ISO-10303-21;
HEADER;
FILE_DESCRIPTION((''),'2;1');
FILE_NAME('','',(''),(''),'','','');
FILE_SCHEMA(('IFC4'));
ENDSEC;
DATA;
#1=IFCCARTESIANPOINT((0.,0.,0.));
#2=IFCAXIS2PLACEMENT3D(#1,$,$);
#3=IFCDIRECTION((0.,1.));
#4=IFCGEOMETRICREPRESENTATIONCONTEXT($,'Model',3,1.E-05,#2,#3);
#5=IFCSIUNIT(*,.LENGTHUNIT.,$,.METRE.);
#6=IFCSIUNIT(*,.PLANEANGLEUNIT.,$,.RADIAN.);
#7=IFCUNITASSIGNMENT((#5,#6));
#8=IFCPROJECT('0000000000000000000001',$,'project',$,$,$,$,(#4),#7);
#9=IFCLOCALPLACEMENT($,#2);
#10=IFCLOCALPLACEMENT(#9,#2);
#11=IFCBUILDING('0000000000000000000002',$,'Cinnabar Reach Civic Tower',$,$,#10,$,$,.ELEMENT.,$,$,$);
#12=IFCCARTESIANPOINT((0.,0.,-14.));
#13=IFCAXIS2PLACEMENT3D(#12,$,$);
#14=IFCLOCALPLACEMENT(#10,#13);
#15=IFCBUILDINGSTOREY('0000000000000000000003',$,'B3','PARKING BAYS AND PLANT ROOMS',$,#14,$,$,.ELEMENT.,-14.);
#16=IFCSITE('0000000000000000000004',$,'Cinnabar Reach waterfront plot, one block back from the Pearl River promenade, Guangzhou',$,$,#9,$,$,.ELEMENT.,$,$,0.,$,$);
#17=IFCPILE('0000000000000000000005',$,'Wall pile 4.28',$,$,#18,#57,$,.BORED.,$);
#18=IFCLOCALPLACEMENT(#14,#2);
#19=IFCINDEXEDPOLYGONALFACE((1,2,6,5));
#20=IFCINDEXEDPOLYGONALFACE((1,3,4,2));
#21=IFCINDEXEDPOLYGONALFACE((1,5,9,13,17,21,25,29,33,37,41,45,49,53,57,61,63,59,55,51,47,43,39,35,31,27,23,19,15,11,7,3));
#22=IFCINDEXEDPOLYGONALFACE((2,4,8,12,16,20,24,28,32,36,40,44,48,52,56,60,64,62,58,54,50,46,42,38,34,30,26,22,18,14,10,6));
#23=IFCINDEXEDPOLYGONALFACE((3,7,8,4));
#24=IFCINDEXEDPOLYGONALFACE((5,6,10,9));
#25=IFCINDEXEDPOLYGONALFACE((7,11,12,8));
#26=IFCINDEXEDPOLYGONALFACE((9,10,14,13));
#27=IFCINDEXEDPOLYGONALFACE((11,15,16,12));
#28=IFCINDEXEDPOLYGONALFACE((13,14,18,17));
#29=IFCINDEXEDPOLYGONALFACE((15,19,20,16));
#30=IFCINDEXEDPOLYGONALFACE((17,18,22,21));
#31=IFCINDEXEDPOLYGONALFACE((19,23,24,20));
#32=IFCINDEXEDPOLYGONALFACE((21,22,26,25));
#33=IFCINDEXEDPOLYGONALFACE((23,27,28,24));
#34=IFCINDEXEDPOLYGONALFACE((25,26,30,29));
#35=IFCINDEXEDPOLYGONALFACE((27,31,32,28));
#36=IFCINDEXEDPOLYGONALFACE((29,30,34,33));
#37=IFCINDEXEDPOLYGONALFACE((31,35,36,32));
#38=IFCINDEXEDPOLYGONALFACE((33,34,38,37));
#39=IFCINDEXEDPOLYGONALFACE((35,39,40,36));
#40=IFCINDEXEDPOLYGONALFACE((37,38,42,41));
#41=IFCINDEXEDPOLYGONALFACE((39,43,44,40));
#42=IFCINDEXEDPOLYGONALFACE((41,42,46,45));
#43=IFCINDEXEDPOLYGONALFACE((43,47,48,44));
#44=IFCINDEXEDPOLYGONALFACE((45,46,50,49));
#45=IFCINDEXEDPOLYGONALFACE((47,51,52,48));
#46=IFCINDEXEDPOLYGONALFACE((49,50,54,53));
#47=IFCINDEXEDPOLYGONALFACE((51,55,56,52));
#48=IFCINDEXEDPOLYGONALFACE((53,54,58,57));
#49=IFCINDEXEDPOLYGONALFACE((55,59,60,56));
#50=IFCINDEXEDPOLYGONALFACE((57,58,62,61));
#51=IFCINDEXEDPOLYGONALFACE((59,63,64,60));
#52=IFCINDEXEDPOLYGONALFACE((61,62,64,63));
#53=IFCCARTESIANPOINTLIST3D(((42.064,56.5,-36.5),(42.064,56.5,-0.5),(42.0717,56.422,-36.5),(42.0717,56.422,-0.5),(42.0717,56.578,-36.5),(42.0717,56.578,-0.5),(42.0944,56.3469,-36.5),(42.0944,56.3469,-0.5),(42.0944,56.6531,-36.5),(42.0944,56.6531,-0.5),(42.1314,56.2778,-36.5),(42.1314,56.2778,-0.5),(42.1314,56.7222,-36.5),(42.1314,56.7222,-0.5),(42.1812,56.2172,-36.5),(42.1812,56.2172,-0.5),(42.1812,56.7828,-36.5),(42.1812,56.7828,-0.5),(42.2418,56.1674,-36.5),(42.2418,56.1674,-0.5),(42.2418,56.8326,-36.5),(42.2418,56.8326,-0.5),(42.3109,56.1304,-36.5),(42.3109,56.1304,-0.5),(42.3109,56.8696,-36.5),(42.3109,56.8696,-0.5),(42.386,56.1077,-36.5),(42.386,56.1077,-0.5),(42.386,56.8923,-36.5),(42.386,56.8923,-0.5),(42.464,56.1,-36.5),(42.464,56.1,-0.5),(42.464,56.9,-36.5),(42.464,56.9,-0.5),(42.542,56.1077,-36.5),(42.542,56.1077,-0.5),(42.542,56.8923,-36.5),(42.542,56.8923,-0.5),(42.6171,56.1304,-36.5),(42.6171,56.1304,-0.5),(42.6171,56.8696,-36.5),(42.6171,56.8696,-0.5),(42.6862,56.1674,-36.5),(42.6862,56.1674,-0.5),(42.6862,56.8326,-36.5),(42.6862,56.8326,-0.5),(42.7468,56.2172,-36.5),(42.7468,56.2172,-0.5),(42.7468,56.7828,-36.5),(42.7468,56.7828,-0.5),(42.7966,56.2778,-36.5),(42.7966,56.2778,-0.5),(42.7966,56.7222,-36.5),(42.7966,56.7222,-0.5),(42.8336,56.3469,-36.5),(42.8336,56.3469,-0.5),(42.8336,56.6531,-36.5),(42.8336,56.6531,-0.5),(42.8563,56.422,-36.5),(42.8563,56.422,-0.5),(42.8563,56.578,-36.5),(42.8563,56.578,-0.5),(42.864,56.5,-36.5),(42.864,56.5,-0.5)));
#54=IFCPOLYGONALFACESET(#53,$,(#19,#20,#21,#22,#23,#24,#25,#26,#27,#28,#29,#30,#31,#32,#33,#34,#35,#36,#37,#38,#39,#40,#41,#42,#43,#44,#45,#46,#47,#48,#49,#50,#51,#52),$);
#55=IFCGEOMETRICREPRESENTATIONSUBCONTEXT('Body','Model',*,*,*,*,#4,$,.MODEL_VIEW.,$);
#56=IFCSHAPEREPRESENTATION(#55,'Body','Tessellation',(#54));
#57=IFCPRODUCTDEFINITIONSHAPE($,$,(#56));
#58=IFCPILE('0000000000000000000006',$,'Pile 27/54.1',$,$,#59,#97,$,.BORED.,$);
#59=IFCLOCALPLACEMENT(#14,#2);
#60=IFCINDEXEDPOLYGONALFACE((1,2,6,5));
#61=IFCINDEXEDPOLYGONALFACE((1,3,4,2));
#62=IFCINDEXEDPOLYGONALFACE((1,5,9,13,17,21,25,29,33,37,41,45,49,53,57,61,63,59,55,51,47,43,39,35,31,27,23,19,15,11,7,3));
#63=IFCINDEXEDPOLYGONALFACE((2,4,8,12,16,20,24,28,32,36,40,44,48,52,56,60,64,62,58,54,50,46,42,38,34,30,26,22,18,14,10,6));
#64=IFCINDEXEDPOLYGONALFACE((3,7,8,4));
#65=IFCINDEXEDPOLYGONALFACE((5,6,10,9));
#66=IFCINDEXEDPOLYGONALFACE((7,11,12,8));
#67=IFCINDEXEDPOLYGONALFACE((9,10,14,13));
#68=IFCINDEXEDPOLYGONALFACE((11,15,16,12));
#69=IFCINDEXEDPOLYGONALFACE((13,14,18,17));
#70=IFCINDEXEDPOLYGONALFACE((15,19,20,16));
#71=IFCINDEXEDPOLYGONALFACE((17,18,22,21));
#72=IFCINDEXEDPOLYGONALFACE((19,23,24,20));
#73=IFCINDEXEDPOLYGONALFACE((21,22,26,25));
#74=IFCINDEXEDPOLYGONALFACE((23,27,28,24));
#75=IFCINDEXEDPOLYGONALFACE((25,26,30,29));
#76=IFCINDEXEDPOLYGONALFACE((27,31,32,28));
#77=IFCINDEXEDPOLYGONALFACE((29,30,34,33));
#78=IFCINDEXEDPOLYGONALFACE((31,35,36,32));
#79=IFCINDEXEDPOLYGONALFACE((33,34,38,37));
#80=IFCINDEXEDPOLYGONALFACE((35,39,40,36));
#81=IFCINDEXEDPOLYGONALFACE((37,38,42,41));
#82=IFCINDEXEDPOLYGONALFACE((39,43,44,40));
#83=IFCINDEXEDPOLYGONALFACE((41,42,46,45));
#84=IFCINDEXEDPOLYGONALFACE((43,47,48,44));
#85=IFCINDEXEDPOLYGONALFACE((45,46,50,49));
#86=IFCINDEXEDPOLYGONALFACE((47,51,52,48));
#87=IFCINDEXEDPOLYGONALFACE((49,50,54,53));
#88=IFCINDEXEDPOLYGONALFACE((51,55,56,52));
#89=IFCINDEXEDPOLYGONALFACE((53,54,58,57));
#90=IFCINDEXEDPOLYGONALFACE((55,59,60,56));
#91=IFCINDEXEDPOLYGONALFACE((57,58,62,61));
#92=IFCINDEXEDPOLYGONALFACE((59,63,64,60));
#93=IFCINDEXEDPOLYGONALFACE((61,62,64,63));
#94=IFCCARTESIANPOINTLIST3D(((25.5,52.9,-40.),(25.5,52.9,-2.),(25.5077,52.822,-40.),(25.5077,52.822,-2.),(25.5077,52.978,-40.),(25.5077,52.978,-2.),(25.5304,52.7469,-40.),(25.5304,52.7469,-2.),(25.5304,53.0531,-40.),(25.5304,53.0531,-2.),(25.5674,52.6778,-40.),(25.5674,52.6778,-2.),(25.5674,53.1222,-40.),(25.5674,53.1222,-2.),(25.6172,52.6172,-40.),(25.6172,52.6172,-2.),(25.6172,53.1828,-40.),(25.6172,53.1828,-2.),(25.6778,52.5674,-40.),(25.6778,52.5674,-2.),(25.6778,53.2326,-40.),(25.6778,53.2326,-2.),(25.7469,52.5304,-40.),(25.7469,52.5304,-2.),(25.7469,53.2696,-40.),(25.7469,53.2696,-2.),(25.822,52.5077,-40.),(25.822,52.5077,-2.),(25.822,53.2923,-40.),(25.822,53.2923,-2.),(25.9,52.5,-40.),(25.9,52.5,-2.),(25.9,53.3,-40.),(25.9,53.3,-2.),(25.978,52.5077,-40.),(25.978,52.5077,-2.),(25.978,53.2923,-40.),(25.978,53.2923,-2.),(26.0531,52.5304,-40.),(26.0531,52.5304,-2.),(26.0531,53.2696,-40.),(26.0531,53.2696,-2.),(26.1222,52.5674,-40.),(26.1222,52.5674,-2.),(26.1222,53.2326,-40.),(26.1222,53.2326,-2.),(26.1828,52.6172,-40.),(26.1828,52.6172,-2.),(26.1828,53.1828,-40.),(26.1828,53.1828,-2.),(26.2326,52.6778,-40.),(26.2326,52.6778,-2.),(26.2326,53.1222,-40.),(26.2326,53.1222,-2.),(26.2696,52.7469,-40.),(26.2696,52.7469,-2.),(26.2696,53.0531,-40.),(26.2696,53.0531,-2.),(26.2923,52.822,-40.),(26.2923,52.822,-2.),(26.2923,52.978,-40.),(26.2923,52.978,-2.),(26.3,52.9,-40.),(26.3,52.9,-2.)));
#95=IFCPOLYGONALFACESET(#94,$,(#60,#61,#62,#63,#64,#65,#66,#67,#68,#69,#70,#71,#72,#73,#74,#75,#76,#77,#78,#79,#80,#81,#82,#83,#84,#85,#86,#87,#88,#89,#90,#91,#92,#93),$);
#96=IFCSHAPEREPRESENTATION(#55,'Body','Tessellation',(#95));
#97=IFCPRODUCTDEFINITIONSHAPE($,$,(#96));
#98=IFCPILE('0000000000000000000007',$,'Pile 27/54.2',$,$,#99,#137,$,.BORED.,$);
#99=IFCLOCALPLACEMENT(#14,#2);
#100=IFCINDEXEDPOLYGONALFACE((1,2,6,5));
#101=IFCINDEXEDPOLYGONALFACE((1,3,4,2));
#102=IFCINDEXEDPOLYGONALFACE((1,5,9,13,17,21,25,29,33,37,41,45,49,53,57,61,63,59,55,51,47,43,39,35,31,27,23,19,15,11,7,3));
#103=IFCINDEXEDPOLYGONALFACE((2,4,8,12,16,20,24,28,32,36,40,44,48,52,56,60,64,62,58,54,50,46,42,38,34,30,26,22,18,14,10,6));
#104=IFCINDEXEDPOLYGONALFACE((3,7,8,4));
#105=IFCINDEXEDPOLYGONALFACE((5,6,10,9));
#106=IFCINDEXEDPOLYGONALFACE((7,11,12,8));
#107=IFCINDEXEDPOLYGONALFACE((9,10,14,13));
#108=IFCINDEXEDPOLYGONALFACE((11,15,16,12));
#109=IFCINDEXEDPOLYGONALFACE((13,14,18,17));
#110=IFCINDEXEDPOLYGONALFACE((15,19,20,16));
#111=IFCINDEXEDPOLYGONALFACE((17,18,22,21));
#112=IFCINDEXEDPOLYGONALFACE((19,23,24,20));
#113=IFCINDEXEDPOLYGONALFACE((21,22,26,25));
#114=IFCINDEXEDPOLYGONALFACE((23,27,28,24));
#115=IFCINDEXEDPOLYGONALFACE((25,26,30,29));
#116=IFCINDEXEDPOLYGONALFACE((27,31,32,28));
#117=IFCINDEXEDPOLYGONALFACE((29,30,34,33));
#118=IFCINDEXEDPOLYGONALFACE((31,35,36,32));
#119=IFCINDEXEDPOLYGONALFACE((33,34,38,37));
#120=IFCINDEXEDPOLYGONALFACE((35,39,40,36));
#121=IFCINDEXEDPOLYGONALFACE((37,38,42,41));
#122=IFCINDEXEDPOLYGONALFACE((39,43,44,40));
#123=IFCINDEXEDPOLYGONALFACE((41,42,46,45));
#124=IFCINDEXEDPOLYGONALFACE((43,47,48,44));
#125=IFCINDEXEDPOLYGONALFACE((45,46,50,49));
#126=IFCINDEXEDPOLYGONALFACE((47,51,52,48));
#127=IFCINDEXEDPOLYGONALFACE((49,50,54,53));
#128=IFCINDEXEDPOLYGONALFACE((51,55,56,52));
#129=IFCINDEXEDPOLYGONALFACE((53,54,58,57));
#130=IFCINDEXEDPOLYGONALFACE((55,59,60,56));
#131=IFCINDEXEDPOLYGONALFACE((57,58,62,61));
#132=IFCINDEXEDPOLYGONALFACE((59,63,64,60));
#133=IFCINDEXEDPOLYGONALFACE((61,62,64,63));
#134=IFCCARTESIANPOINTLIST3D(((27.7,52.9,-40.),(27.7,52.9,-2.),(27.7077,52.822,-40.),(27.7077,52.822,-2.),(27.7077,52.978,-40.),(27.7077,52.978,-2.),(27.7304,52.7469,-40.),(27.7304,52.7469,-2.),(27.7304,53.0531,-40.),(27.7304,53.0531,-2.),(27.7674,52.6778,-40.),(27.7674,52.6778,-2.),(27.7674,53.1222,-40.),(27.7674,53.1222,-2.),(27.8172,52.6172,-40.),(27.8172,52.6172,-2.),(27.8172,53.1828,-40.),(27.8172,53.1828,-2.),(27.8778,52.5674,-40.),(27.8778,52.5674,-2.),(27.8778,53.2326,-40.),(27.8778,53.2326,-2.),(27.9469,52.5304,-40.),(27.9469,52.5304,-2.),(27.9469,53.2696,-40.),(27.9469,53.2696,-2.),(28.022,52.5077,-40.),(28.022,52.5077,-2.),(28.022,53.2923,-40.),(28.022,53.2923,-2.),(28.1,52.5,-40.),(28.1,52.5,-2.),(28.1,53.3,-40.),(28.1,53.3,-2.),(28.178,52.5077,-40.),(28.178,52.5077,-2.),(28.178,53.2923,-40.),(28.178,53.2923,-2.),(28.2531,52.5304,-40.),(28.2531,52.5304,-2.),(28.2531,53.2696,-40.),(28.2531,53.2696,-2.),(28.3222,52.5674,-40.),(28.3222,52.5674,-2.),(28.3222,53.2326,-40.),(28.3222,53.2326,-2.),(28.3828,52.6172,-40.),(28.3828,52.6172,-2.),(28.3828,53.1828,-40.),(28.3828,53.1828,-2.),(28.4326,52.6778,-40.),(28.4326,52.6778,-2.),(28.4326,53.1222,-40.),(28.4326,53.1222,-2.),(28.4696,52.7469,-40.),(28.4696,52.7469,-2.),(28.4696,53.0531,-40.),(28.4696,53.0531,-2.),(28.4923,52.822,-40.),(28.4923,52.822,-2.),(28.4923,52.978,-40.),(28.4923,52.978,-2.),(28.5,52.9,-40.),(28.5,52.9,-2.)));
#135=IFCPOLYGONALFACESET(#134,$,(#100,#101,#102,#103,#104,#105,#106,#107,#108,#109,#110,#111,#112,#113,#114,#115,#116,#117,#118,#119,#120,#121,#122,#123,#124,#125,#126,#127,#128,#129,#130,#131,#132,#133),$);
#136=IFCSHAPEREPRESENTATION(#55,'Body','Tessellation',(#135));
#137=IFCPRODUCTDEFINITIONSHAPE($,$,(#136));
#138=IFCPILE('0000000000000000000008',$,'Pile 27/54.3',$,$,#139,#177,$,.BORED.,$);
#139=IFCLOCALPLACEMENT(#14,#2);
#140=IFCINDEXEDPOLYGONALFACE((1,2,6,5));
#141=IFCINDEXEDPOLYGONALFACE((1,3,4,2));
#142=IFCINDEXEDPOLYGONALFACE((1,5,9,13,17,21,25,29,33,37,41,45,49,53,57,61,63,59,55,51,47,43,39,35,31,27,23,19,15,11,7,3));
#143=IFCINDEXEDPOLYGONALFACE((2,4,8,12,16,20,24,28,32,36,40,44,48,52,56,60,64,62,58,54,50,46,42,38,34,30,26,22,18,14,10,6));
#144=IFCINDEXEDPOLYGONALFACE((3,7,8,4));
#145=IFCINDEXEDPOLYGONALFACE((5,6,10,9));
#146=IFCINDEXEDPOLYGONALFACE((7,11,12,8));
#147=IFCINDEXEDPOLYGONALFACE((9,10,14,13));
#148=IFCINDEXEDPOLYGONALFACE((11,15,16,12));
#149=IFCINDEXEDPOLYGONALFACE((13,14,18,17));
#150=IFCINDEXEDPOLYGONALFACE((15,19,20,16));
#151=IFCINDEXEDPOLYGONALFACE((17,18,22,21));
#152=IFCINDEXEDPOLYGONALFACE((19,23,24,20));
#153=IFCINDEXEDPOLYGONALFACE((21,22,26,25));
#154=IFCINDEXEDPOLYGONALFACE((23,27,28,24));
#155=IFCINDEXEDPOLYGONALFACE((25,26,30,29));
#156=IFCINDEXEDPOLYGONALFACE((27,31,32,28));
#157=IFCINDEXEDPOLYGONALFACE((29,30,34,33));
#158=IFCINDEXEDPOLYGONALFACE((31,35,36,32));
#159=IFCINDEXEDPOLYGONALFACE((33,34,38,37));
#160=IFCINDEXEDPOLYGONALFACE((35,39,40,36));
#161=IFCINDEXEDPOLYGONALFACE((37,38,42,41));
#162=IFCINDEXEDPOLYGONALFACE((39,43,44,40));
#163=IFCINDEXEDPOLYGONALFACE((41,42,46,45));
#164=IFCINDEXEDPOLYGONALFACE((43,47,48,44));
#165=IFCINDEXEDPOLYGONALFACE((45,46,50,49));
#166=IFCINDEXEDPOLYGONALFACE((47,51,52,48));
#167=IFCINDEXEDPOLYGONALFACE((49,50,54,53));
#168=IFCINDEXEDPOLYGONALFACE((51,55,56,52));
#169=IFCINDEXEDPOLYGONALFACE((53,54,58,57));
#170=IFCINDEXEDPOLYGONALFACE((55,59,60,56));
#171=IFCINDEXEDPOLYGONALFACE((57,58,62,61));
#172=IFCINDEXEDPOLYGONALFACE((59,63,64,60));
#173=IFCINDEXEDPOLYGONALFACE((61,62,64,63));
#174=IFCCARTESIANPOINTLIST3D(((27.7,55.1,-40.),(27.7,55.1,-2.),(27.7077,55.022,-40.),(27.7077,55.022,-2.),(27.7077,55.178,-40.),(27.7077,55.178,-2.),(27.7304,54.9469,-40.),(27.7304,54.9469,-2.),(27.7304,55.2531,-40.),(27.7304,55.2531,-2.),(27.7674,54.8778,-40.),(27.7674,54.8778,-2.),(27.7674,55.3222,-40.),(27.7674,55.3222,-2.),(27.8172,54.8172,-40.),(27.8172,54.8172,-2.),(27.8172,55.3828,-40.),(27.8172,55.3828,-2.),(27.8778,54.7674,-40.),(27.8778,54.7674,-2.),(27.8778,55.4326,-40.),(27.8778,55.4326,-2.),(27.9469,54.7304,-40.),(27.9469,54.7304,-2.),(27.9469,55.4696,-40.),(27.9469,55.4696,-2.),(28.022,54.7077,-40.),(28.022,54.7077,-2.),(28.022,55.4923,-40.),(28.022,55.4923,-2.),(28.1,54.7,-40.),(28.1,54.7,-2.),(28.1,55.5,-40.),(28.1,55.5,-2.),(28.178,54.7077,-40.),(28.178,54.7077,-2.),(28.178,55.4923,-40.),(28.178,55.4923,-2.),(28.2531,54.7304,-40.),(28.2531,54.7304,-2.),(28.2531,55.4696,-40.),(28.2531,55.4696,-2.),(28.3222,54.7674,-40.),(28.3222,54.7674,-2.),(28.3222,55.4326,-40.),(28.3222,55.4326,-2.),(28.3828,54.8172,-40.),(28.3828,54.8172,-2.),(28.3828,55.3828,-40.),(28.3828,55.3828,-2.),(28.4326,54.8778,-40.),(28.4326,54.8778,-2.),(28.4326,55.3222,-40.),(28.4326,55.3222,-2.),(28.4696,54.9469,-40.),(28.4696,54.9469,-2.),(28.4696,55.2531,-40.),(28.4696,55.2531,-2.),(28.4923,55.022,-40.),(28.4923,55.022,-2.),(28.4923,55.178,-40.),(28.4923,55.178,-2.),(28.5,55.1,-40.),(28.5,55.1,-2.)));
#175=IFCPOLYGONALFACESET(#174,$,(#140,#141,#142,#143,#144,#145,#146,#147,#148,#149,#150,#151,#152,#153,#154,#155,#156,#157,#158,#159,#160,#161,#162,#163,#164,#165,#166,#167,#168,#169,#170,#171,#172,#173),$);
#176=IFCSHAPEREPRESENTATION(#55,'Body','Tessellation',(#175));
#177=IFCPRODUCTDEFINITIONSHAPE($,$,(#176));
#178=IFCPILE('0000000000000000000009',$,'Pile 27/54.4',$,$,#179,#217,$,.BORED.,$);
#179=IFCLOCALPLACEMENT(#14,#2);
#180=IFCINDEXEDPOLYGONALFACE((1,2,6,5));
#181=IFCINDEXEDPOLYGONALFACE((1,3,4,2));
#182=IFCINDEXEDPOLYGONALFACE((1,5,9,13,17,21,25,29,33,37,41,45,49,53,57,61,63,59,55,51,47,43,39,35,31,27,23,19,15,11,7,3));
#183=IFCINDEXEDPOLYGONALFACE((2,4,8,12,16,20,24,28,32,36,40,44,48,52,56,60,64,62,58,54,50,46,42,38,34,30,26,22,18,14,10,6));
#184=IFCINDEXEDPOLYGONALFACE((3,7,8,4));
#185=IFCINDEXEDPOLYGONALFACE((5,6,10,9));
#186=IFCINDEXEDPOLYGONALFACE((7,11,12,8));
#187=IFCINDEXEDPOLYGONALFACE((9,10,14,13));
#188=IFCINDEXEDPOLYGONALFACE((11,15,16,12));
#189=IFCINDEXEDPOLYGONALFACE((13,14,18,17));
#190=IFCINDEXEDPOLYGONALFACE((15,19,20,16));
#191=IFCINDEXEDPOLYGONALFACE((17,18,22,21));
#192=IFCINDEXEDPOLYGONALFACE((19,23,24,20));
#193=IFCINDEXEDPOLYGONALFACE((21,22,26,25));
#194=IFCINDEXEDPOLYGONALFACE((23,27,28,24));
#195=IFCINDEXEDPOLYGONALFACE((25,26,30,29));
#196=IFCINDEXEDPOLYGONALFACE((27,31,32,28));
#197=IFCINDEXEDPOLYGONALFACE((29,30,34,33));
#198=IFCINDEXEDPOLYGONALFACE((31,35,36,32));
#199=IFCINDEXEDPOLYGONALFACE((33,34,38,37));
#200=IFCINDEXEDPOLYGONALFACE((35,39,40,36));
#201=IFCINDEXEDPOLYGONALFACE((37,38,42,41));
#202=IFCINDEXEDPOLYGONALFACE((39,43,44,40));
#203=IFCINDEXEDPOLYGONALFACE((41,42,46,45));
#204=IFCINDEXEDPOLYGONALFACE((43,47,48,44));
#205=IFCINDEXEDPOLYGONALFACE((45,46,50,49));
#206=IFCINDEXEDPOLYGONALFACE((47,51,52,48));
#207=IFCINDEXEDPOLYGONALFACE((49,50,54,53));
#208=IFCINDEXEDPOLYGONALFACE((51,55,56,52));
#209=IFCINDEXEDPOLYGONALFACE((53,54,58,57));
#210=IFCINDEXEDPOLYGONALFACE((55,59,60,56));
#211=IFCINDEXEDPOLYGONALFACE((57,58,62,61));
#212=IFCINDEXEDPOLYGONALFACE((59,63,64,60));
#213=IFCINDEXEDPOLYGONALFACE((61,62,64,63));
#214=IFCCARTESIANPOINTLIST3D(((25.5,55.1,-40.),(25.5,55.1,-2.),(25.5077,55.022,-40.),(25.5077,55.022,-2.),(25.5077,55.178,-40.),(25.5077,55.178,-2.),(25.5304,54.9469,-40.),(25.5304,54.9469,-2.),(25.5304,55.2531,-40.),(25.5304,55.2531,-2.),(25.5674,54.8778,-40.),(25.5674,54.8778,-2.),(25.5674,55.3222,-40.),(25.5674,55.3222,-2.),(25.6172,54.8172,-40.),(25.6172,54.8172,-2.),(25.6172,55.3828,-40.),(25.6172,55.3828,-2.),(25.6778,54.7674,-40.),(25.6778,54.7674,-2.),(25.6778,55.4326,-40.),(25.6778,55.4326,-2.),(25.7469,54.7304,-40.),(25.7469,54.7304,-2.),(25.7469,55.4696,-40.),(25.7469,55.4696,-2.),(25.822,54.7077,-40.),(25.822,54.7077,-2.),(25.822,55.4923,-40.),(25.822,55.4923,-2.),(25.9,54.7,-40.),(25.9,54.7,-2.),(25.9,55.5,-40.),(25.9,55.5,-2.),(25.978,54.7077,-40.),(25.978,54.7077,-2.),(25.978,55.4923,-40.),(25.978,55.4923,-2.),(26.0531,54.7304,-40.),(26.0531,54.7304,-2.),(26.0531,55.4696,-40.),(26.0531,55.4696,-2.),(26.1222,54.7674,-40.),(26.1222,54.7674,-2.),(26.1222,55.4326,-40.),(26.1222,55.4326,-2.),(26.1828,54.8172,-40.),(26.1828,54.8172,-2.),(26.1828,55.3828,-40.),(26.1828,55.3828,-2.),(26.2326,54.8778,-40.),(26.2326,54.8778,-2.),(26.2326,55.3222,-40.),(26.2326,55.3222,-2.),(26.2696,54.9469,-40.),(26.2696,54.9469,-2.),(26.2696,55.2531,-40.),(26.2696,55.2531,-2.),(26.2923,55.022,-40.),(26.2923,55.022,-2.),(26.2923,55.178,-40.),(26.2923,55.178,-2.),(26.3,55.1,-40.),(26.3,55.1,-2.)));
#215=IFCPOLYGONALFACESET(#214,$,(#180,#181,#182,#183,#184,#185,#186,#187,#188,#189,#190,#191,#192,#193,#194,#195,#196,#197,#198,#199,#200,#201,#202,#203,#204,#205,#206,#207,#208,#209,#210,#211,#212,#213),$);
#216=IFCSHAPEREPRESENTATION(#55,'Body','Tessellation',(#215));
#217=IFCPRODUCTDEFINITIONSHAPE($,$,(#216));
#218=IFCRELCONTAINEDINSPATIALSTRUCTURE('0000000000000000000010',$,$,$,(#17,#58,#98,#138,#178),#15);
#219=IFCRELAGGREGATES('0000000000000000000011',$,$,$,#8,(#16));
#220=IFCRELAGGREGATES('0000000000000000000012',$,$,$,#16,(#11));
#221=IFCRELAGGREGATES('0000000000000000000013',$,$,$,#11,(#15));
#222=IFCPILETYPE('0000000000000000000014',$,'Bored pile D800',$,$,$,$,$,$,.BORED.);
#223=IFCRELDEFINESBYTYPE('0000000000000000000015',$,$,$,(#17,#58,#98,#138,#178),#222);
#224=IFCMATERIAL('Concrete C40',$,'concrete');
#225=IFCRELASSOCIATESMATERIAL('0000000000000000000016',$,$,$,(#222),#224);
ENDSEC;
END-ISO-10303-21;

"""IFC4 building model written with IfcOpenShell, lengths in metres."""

from ifc_helpers import new_model, si_unit, direction, frame, origin, origin_2d, place, context, subcontext, project, spatial, circle, extrude, material, type_object, element, save


model = new_model("IFC4")

# Units and contexts
model_context = context("Model", 3, precision=1e-05, world=origin(), true_north=direction((0.0, 1.0)))
body_context = subcontext(model_context, "Body", "Model", "MODEL_VIEW")
ifc_project = project(units=[si_unit("LENGTHUNIT", "METRE"), si_unit("PLANEANGLEUNIT", "RADIAN")], contexts=[model_context])

# Site, building, storey
site_placement = place(None, origin())
site = spatial("IfcSite", under=ifc_project, at=site_placement, Name="Cinnabar Reach waterfront plot, one block back from the Pearl River promenade, Guangzhou", CompositionType="ELEMENT", RefElevation=0.0)
building_placement = place(site_placement, origin())
building = spatial("IfcBuilding", under=site, at=building_placement, Name="Cinnabar Reach Civic Tower", CompositionType="ELEMENT")
storey_placement = place(building_placement, frame((0.0, 0.0, -14.0)))
storey = spatial("IfcBuildingStorey", under=building, at=storey_placement, Name="B3", Description="PARKING BAYS AND PLANT ROOMS", CompositionType="ELEMENT", Elevation=-14.0)

# Piles
ifc_material_1 = material(Name="Concrete C40", Category="concrete")
pile_type = type_object("IfcPileType", Name="Bored pile D800", PredefinedType="BORED", material=ifc_material_1)
for number, where, z_axis, x_axis, name in (
    (1, (42.464, 56.5, -0.5), (0.0, 0.0, -1.0), (1.0, 0.0, 0.0), "Wall pile 4.28"),
):
    element("IfcPile", number, at=place(storey_placement, frame(where, z_axis=z_axis, x_axis=x_axis)), inside=storey, type_object=pile_type, Name=name, PredefinedType="BORED", context=body_context, shape_type="SweptSolid", body=[
        extrude(circle(Radius=0.4, at=origin_2d()), origin(), (0.0, 0.0, 1.0), 36.0),
    ])
for number, where, z_axis, x_axis, name in (
    (2, (25.9, 52.9, -2.0), (0.0, 0.0, -1.0), (1.0, 0.0, 0.0), "Pile 27/54.1"),
    (3, (28.1, 52.9, -2.0), (0.0, 0.0, -1.0), (1.0, 0.0, 0.0), "Pile 27/54.2"),
    (4, (28.1, 55.1, -2.0), (0.0, 0.0, -1.0), (1.0, 0.0, 0.0), "Pile 27/54.3"),
    (5, (25.9, 55.1, -2.0), (0.0, 0.0, -1.0), (1.0, 0.0, 0.0), "Pile 27/54.4"),
):
    element("IfcPile", number, at=place(storey_placement, frame(where, z_axis=z_axis, x_axis=x_axis)), inside=storey, type_object=pile_type, Name=name, PredefinedType="BORED", context=body_context, shape_type="SweptSolid", body=[
        extrude(circle(Radius=0.4, at=origin_2d()), origin(), (0.0, 0.0, 1.0), 38.0),
    ])

save(model, "model.ifc")
